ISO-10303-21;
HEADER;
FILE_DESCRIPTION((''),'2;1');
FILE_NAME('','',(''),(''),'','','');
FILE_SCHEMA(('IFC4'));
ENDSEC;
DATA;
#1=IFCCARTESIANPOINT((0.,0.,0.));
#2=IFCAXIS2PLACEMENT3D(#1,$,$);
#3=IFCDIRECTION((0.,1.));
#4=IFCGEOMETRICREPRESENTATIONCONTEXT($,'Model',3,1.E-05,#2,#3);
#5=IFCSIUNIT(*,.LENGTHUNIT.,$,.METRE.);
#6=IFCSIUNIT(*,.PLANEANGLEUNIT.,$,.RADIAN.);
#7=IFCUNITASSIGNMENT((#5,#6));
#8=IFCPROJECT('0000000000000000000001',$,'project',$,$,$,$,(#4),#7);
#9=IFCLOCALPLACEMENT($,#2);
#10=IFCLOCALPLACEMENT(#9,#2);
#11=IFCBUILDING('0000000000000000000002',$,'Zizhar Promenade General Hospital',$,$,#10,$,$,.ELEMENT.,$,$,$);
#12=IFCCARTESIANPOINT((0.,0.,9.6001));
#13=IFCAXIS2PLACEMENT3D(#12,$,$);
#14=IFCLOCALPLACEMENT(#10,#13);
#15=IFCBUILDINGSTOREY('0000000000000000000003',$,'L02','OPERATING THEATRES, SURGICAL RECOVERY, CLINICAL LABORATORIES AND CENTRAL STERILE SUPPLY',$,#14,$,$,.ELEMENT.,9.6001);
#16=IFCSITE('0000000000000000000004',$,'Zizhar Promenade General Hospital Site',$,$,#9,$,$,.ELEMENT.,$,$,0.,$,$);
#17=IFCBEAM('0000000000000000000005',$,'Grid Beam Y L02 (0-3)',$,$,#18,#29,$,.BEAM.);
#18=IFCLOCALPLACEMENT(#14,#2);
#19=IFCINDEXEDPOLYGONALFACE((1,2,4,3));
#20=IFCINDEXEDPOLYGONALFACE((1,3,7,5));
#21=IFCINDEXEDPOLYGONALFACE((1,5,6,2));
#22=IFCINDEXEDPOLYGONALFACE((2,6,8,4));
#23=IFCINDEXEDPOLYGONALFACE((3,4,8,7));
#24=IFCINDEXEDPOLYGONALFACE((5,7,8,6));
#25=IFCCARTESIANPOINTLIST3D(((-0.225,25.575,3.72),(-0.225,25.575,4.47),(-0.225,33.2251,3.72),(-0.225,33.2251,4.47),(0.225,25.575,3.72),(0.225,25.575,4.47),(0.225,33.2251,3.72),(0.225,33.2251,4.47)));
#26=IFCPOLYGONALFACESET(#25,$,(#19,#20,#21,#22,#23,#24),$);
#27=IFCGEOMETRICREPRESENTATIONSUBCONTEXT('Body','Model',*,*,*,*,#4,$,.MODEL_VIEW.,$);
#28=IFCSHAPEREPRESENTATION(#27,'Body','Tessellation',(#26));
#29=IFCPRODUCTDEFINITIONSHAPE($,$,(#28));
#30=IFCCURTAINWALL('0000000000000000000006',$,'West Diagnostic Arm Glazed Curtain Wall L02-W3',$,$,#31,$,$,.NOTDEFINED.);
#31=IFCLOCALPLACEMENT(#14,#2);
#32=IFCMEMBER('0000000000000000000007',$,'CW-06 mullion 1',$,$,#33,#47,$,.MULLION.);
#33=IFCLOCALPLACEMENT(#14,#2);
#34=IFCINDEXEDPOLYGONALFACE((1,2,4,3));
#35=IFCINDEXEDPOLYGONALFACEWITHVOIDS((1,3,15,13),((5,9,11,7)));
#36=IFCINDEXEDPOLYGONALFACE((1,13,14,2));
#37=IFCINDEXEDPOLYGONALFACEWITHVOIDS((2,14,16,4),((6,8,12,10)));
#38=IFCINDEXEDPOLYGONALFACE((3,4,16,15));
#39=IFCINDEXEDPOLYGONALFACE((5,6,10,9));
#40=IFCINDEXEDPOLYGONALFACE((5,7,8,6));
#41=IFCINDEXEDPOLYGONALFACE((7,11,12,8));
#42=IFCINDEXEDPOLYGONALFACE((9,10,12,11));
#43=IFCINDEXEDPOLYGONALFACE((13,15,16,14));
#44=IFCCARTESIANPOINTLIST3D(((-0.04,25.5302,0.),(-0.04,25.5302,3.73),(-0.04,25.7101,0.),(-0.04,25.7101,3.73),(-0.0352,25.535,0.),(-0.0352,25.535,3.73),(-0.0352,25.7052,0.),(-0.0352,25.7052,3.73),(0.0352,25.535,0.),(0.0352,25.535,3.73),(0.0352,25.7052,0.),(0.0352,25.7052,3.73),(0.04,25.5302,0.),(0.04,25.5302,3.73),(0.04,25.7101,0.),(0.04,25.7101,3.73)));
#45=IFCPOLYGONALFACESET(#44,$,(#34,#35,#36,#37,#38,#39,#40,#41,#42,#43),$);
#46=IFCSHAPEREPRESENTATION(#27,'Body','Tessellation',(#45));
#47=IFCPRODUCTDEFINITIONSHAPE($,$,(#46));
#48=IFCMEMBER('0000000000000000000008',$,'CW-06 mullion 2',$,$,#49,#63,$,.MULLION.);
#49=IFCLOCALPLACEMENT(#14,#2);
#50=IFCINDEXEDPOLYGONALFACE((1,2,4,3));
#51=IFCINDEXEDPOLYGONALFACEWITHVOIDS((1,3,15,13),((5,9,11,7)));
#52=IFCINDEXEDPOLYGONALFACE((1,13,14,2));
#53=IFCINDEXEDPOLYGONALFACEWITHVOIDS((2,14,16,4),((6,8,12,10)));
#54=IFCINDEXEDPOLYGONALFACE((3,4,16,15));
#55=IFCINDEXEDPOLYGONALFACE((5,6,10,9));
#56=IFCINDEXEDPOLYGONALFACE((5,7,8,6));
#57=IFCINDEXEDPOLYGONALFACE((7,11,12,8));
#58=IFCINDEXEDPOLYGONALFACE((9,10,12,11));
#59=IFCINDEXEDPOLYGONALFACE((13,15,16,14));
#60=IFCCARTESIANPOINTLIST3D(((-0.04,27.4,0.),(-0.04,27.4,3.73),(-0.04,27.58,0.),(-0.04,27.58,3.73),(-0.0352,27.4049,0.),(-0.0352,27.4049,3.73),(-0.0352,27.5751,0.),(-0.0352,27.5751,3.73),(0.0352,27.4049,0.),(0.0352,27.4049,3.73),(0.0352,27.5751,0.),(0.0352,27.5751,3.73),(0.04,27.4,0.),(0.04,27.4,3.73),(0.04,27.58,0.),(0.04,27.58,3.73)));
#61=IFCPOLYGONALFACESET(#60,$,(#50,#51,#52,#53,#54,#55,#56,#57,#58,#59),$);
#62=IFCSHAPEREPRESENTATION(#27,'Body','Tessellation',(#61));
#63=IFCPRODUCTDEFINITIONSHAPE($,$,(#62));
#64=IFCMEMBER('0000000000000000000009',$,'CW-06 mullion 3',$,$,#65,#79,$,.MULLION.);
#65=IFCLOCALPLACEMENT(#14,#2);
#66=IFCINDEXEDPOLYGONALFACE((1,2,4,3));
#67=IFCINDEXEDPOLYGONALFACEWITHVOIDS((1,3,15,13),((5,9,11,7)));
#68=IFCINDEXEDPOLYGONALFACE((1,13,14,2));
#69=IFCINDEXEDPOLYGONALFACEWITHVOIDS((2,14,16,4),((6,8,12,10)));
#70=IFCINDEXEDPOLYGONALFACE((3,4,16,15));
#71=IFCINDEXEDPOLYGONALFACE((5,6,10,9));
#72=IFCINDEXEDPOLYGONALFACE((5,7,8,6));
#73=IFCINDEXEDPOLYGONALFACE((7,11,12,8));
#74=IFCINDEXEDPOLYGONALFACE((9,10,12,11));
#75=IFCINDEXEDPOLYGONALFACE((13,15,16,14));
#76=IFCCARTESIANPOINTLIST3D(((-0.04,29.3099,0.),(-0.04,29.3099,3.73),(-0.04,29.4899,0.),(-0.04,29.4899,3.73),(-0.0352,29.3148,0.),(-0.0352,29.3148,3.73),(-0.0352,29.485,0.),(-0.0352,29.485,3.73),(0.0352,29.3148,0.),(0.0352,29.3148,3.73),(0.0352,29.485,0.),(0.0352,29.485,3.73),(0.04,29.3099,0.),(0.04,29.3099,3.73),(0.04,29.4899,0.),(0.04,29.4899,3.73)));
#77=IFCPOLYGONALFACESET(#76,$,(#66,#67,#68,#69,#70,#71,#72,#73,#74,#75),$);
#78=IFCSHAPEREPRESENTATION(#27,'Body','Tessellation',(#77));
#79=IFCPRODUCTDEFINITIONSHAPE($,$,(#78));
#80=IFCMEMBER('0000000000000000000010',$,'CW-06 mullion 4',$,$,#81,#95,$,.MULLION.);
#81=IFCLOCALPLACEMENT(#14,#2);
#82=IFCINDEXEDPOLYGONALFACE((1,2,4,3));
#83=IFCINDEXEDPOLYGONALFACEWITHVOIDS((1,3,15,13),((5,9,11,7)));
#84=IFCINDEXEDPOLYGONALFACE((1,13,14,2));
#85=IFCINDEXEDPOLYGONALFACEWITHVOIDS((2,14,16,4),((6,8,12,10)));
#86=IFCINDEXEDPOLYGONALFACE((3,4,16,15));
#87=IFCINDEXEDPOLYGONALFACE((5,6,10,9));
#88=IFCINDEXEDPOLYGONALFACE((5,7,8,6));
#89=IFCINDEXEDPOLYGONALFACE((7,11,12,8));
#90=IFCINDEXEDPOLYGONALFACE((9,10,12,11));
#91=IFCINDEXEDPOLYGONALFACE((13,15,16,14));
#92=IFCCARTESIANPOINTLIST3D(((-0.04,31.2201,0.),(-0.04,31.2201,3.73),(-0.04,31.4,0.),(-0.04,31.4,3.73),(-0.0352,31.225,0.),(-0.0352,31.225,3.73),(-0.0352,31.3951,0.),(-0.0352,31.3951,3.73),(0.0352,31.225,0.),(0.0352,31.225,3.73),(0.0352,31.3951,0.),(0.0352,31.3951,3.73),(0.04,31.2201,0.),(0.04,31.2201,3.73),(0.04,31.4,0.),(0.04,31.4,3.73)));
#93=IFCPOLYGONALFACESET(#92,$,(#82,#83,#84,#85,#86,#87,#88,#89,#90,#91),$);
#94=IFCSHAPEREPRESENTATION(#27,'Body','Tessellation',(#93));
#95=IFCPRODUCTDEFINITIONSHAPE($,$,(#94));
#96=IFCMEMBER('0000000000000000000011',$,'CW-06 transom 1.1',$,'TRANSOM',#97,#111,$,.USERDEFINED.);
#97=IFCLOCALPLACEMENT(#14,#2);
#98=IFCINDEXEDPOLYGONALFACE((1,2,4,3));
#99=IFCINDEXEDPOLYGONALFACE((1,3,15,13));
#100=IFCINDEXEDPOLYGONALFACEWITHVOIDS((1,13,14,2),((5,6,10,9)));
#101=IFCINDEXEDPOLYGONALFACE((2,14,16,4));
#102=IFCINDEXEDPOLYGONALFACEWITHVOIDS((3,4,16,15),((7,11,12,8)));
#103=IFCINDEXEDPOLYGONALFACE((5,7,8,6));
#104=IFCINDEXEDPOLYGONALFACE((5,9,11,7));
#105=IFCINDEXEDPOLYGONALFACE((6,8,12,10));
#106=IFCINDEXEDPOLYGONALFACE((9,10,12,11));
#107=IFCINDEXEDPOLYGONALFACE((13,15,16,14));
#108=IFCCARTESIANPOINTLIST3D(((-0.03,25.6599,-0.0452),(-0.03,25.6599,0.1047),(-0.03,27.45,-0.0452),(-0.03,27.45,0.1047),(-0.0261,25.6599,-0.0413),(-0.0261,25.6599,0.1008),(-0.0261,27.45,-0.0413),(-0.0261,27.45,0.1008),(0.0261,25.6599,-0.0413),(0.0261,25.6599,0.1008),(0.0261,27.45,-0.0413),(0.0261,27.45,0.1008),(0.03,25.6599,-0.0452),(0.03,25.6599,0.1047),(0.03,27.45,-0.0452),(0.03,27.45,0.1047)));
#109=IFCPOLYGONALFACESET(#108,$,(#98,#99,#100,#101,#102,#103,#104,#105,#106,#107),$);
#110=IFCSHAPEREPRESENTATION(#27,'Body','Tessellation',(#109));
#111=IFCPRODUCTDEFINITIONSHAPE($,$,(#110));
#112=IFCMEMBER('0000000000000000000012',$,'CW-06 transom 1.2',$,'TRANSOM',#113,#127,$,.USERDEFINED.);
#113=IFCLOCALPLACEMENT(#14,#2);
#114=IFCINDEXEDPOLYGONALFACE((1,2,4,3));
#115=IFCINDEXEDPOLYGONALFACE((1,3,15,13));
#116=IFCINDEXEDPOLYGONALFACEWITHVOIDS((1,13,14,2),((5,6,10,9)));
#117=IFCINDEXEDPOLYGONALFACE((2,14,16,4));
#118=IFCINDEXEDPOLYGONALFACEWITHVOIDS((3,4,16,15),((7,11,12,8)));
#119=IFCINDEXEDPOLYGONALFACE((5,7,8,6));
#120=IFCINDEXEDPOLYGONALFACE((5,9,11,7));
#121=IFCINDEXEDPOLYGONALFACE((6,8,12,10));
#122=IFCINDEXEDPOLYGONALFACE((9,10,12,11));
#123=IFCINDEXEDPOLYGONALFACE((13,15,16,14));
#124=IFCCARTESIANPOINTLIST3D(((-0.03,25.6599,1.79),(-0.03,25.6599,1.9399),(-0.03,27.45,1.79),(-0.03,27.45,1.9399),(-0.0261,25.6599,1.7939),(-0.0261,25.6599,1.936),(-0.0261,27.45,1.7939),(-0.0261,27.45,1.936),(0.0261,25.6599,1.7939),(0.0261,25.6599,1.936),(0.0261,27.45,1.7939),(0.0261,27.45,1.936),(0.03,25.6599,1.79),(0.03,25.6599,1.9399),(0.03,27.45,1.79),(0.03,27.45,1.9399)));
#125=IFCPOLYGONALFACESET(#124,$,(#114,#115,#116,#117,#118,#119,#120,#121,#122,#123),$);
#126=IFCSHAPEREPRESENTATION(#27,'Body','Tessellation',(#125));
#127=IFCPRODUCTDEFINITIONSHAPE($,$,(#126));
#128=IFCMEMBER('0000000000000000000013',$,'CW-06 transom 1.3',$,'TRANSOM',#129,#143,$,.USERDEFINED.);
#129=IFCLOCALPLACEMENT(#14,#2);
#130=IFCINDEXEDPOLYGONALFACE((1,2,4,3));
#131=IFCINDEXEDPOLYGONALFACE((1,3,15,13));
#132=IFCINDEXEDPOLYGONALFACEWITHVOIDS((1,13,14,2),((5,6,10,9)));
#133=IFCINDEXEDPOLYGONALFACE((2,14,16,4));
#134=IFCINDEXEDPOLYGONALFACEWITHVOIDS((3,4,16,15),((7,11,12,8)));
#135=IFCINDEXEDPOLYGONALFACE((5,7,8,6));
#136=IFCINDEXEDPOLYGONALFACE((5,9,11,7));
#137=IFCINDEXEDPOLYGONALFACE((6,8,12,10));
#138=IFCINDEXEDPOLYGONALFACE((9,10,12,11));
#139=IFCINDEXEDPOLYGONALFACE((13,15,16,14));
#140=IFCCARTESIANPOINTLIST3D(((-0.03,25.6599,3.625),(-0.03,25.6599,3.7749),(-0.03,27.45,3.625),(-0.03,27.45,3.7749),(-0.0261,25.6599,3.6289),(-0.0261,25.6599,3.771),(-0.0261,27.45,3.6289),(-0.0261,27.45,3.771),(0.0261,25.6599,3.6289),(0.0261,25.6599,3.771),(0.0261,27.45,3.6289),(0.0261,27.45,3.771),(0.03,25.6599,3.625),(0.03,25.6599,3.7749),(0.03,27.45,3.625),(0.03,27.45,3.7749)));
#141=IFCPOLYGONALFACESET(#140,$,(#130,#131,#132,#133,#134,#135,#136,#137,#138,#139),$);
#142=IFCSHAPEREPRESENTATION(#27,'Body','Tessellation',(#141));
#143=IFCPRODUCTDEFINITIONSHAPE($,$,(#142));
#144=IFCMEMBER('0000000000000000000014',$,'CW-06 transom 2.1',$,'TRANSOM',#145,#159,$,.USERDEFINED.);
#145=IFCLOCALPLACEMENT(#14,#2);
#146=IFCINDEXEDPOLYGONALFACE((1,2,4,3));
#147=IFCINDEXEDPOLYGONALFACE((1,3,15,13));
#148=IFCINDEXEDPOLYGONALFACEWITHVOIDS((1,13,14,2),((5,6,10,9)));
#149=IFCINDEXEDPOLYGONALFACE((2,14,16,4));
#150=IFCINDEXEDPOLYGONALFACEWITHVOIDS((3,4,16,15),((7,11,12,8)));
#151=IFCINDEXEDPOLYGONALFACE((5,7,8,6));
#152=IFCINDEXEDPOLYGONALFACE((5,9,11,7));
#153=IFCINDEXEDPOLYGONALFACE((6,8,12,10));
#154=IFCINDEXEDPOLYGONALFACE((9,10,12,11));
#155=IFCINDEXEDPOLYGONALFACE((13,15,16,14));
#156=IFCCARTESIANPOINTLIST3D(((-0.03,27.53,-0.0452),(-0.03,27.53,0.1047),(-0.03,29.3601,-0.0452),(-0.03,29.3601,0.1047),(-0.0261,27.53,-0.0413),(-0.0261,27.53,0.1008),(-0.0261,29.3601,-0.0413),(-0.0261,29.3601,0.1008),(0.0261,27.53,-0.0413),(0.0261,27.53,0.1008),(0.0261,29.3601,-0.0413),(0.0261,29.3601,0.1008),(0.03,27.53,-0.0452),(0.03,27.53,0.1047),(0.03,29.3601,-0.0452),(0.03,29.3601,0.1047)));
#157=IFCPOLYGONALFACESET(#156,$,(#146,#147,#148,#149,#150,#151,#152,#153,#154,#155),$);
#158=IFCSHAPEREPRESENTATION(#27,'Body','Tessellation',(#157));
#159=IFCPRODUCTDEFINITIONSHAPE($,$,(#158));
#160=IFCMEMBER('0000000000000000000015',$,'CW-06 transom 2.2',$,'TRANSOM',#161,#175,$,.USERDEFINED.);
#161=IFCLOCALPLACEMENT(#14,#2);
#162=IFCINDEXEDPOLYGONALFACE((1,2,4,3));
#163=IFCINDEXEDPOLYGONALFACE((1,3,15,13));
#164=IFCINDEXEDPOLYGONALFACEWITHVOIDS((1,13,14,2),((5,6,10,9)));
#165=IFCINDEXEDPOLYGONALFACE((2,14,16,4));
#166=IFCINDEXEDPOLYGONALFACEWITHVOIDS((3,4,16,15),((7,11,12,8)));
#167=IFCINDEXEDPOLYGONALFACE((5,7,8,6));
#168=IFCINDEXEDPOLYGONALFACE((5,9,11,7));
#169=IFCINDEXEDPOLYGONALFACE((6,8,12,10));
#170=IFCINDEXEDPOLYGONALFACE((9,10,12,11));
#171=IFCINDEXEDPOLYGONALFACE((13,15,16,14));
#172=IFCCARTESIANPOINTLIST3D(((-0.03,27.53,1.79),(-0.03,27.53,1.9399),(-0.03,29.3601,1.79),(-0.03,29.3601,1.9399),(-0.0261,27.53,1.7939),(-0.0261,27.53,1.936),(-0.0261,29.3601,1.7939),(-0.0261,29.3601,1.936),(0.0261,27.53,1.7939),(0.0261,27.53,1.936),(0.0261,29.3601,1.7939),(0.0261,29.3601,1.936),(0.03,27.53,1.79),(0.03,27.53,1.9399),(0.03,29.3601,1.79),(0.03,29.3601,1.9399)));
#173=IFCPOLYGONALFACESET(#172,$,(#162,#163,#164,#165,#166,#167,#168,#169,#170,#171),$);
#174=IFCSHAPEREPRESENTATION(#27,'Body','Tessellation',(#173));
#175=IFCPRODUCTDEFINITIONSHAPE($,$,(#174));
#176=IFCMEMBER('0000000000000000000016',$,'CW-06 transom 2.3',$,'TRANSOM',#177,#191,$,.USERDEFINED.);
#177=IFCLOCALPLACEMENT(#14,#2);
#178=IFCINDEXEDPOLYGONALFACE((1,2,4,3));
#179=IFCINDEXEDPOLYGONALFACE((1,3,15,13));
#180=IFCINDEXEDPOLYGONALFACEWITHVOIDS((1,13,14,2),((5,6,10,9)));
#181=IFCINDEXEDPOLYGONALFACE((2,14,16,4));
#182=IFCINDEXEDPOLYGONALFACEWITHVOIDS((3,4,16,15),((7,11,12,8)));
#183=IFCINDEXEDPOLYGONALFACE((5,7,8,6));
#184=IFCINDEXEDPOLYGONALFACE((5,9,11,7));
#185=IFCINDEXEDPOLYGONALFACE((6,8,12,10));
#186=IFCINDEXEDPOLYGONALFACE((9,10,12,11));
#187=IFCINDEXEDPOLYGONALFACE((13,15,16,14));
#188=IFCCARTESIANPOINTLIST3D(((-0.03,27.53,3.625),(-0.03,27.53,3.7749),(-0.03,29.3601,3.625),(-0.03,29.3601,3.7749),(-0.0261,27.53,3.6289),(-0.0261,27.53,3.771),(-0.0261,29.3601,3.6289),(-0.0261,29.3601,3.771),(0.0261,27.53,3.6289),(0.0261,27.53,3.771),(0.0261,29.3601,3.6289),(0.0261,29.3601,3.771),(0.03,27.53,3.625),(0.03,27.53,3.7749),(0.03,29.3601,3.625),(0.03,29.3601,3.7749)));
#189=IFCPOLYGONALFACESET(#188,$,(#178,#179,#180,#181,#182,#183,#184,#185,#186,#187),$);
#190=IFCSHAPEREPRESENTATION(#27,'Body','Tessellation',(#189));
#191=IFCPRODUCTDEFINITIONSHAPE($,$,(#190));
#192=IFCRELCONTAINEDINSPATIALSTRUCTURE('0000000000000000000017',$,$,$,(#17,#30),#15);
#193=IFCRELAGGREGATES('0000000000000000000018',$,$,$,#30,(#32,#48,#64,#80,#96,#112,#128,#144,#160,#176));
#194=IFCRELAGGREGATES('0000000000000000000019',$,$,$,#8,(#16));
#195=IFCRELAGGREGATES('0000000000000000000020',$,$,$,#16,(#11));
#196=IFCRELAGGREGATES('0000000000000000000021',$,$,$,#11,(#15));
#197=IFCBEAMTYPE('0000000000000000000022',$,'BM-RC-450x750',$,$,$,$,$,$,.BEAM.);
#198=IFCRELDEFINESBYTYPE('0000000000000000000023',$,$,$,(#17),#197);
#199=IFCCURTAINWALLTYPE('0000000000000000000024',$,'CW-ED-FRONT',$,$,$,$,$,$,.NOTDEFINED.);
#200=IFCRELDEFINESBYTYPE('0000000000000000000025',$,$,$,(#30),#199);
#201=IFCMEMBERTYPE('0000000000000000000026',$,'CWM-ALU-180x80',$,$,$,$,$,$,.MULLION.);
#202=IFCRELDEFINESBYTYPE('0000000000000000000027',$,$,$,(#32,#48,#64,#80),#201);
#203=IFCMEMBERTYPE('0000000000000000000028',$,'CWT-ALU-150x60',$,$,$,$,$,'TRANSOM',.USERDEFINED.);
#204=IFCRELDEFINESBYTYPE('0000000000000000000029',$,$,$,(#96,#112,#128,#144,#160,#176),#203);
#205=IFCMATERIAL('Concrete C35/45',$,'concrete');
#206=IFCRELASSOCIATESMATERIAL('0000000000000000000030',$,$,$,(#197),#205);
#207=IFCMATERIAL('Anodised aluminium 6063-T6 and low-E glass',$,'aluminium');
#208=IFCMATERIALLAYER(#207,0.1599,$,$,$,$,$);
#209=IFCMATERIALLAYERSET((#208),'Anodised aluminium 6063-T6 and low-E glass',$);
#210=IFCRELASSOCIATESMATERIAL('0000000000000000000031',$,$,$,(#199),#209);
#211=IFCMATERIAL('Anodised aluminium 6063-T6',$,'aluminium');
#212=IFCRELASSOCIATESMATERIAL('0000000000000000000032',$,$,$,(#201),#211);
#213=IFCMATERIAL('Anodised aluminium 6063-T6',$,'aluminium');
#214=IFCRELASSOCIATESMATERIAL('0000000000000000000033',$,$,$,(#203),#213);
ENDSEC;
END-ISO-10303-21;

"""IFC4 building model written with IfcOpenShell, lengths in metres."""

from ifc_helpers import new_model, si_unit, direction, frame, origin, origin_2d, place, context, subcontext, project, spatial, rectangle, hollow_rectangle, extrude, material, layer, layer_set, material_profile, profile_set, type_object, element, aggregate, save


model = new_model("IFC4")

# Units and contexts
model_context = context("Model", 3, precision=1e-05, world=origin(), true_north=direction((0.0, 1.0)))
body_context = subcontext(model_context, "Body", "Model", "MODEL_VIEW")
ifc_project = project(units=[si_unit("LENGTHUNIT", "METRE"), si_unit("PLANEANGLEUNIT", "RADIAN")], contexts=[model_context])

# Site, building, storey
site_placement = place(None, origin())
site = spatial("IfcSite", under=ifc_project, at=site_placement, Name="Zizhar Promenade General Hospital Site", CompositionType="ELEMENT", RefElevation=0.0)
building_placement = place(site_placement, origin())
building = spatial("IfcBuilding", under=site, at=building_placement, Name="Zizhar Promenade General Hospital", CompositionType="ELEMENT")
storey_placement = place(building_placement, frame((0.0, 0.0, 9.6001)))
storey = spatial("IfcBuildingStorey", under=building, at=storey_placement, Name="L02", Description="OPERATING THEATRES, SURGICAL RECOVERY, CLINICAL LABORATORIES AND CENTRAL STERILE SUPPLY", CompositionType="ELEMENT", Elevation=9.6001)

# Beam
ifc_material_1 = material(Name="Concrete C35/45", Category="concrete")
ifc_material_profile_1 = material_profile(ifc_material_1, rectangle(XDim=0.45, YDim=0.75, at=origin_2d()))
ifc_profile_set_1 = profile_set([ifc_material_profile_1], Name="Concrete C35/45")
beam_type = type_object("IfcBeamType", Name="BM-RC-450x750", PredefinedType="BEAM", material=ifc_profile_set_1)
beam_placement = place(storey_placement, frame((0.0, 25.575, 4.095), z_axis=(0.0, 1.0, 0.0), x_axis=(-1.0, 0.0, 0.0)))
element("IfcBeam", 1, at=beam_placement, inside=storey, type_object=beam_type, Name="Grid Beam Y L02 (0-3)", PredefinedType="BEAM", context=body_context, shape_type="SweptSolid", body=[
    extrude(rectangle(XDim=0.45, YDim=0.75, at=origin_2d()), origin(), (0.0, 0.0, 1.0), 7.6501),
])

# Curtain wall, members
ifc_material_2 = material(Name="Anodised aluminium 6063-T6 and low-E glass", Category="aluminium")
ifc_layer_1 = layer(ifc_material_2, 0.1599)
ifc_layer_set_1 = layer_set([ifc_layer_1], Name="Anodised aluminium 6063-T6 and low-E glass")
curtain_wall_type = type_object("IfcCurtainWallType", Name="CW-ED-FRONT", PredefinedType="NOTDEFINED", material=ifc_layer_set_1)
curtain_wall_placement = place(storey_placement, origin())
curtain_wall = element("IfcCurtainWall", 2, at=curtain_wall_placement, inside=storey, type_object=curtain_wall_type, Name="West Diagnostic Arm Glazed Curtain Wall L02-W3", PredefinedType="NOTDEFINED")
ifc_material_3 = material(Name="Anodised aluminium 6063-T6", Category="aluminium")
ifc_material_profile_2 = material_profile(ifc_material_3, hollow_rectangle(XDim=0.0801, YDim=0.1799, WallThickness=0.0049, at=origin_2d()))
ifc_profile_set_2 = profile_set([ifc_material_profile_2], Name="Anodised aluminium 6063-T6")
member_type_1 = type_object("IfcMemberType", Name="CWM-ALU-180x80", PredefinedType="MULLION", material=ifc_profile_set_2)
member_1_placement = place(storey_placement, frame((0.0, 25.6201, 0.0), z_axis=(0.0, 0.0, 1.0), x_axis=(-1.0, 0.0, 0.0)))
member_1 = element("IfcMember", 3, at=member_1_placement, type_object=member_type_1, Name="CW-06 mullion 1", PredefinedType="MULLION", context=body_context, shape_type="SweptSolid", body=[
    extrude(hollow_rectangle(XDim=0.0801, YDim=0.1799, WallThickness=0.0049, at=origin_2d()), origin(), (0.0, 0.0, 1.0), 3.73),
])
member_2_placement = place(storey_placement, frame((0.0, 27.49, 0.0), z_axis=(0.0, 0.0, 1.0), x_axis=(-1.0, 0.0, 0.0)))
member_2 = element("IfcMember", 4, at=member_2_placement, type_object=member_type_1, Name="CW-06 mullion 2", PredefinedType="MULLION", context=body_context, shape_type="SweptSolid", body=[
    extrude(hollow_rectangle(XDim=0.0801, YDim=0.1799, WallThickness=0.0049, at=origin_2d()), origin(), (0.0, 0.0, 1.0), 3.73),
])
member_3_placement = place(storey_placement, frame((0.0, 29.3999, 0.0), z_axis=(0.0, 0.0, 1.0), x_axis=(-1.0, 0.0, 0.0)))
member_3 = element("IfcMember", 5, at=member_3_placement, type_object=member_type_1, Name="CW-06 mullion 3", PredefinedType="MULLION", context=body_context, shape_type="SweptSolid", body=[
    extrude(hollow_rectangle(XDim=0.0801, YDim=0.1799, WallThickness=0.0049, at=origin_2d()), origin(), (0.0, 0.0, 1.0), 3.73),
])
member_4_placement = place(storey_placement, frame((0.0, 31.3101, 0.0), z_axis=(0.0, 0.0, 1.0), x_axis=(-1.0, 0.0, 0.0)))
member_4 = element("IfcMember", 6, at=member_4_placement, type_object=member_type_1, Name="CW-06 mullion 4", PredefinedType="MULLION", context=body_context, shape_type="SweptSolid", body=[
    extrude(hollow_rectangle(XDim=0.0801, YDim=0.1799, WallThickness=0.0049, at=origin_2d()), origin(), (0.0, 0.0, 1.0), 3.73),
])
ifc_material_4 = material(Name="Anodised aluminium 6063-T6", Category="aluminium")
ifc_material_profile_3 = material_profile(ifc_material_4, hollow_rectangle(XDim=0.0601, YDim=0.1499, WallThickness=0.0039, at=origin_2d()))
ifc_profile_set_3 = profile_set([ifc_material_profile_3], Name="Anodised aluminium 6063-T6")
member_type_2 = type_object("IfcMemberType", Name="CWT-ALU-150x60", ElementType="TRANSOM", PredefinedType="USERDEFINED", material=ifc_profile_set_3)
member_5_placement = place(storey_placement, frame((0.0, 25.6599, 0.0298), z_axis=(0.0, 1.0, 0.0), x_axis=(-1.0, 0.0, 0.0)))
member_5 = element("IfcMember", 7, at=member_5_placement, type_object=member_type_2, Name="CW-06 transom 1.1", ObjectType="TRANSOM", PredefinedType="USERDEFINED", context=body_context, shape_type="SweptSolid", body=[
    extrude(hollow_rectangle(XDim=0.0601, YDim=0.1499, WallThickness=0.0039, at=origin_2d()), origin(), (0.0, 0.0, 1.0), 1.79),
])
member_6_placement = place(storey_placement, frame((0.0, 25.6599, 1.865), z_axis=(0.0, 1.0, 0.0), x_axis=(-1.0, 0.0, 0.0)))
member_6 = element("IfcMember", 8, at=member_6_placement, type_object=member_type_2, Name="CW-06 transom 1.2", ObjectType="TRANSOM", PredefinedType="USERDEFINED", context=body_context, shape_type="SweptSolid", body=[
    extrude(hollow_rectangle(XDim=0.0601, YDim=0.1499, WallThickness=0.0039, at=origin_2d()), origin(), (0.0, 0.0, 1.0), 1.79),
])
member_7_placement = place(storey_placement, frame((0.0, 25.6599, 3.7), z_axis=(0.0, 1.0, 0.0), x_axis=(-1.0, 0.0, 0.0)))
member_7 = element("IfcMember", 9, at=member_7_placement, type_object=member_type_2, Name="CW-06 transom 1.3", ObjectType="TRANSOM", PredefinedType="USERDEFINED", context=body_context, shape_type="SweptSolid", body=[
    extrude(hollow_rectangle(XDim=0.0601, YDim=0.1499, WallThickness=0.0039, at=origin_2d()), origin(), (0.0, 0.0, 1.0), 1.79),
])
member_8_placement = place(storey_placement, frame((0.0, 27.53, 0.0298), z_axis=(0.0, 1.0, 0.0), x_axis=(-1.0, 0.0, 0.0)))
member_8 = element("IfcMember", 10, at=member_8_placement, type_object=member_type_2, Name="CW-06 transom 2.1", ObjectType="TRANSOM", PredefinedType="USERDEFINED", context=body_context, shape_type="SweptSolid", body=[
    extrude(hollow_rectangle(XDim=0.0601, YDim=0.1499, WallThickness=0.0039, at=origin_2d()), origin(), (0.0, 0.0, 1.0), 1.8301),
])
member_9_placement = place(storey_placement, frame((0.0, 27.53, 1.865), z_axis=(0.0, 1.0, 0.0), x_axis=(-1.0, 0.0, 0.0)))
member_9 = element("IfcMember", 11, at=member_9_placement, type_object=member_type_2, Name="CW-06 transom 2.2", ObjectType="TRANSOM", PredefinedType="USERDEFINED", context=body_context, shape_type="SweptSolid", body=[
    extrude(hollow_rectangle(XDim=0.0601, YDim=0.1499, WallThickness=0.0039, at=origin_2d()), origin(), (0.0, 0.0, 1.0), 1.8301),
])
member_10_placement = place(storey_placement, frame((0.0, 27.53, 3.7), z_axis=(0.0, 1.0, 0.0), x_axis=(-1.0, 0.0, 0.0)))
member_10 = element("IfcMember", 12, at=member_10_placement, type_object=member_type_2, Name="CW-06 transom 2.3", ObjectType="TRANSOM", PredefinedType="USERDEFINED", context=body_context, shape_type="SweptSolid", body=[
    extrude(hollow_rectangle(XDim=0.0601, YDim=0.1499, WallThickness=0.0039, at=origin_2d()), origin(), (0.0, 0.0, 1.0), 1.8301),
])
aggregate(curtain_wall, [member_1, member_2, member_3, member_4, member_5, member_6, member_7, member_8, member_9, member_10])

save(model, "model.ifc")
